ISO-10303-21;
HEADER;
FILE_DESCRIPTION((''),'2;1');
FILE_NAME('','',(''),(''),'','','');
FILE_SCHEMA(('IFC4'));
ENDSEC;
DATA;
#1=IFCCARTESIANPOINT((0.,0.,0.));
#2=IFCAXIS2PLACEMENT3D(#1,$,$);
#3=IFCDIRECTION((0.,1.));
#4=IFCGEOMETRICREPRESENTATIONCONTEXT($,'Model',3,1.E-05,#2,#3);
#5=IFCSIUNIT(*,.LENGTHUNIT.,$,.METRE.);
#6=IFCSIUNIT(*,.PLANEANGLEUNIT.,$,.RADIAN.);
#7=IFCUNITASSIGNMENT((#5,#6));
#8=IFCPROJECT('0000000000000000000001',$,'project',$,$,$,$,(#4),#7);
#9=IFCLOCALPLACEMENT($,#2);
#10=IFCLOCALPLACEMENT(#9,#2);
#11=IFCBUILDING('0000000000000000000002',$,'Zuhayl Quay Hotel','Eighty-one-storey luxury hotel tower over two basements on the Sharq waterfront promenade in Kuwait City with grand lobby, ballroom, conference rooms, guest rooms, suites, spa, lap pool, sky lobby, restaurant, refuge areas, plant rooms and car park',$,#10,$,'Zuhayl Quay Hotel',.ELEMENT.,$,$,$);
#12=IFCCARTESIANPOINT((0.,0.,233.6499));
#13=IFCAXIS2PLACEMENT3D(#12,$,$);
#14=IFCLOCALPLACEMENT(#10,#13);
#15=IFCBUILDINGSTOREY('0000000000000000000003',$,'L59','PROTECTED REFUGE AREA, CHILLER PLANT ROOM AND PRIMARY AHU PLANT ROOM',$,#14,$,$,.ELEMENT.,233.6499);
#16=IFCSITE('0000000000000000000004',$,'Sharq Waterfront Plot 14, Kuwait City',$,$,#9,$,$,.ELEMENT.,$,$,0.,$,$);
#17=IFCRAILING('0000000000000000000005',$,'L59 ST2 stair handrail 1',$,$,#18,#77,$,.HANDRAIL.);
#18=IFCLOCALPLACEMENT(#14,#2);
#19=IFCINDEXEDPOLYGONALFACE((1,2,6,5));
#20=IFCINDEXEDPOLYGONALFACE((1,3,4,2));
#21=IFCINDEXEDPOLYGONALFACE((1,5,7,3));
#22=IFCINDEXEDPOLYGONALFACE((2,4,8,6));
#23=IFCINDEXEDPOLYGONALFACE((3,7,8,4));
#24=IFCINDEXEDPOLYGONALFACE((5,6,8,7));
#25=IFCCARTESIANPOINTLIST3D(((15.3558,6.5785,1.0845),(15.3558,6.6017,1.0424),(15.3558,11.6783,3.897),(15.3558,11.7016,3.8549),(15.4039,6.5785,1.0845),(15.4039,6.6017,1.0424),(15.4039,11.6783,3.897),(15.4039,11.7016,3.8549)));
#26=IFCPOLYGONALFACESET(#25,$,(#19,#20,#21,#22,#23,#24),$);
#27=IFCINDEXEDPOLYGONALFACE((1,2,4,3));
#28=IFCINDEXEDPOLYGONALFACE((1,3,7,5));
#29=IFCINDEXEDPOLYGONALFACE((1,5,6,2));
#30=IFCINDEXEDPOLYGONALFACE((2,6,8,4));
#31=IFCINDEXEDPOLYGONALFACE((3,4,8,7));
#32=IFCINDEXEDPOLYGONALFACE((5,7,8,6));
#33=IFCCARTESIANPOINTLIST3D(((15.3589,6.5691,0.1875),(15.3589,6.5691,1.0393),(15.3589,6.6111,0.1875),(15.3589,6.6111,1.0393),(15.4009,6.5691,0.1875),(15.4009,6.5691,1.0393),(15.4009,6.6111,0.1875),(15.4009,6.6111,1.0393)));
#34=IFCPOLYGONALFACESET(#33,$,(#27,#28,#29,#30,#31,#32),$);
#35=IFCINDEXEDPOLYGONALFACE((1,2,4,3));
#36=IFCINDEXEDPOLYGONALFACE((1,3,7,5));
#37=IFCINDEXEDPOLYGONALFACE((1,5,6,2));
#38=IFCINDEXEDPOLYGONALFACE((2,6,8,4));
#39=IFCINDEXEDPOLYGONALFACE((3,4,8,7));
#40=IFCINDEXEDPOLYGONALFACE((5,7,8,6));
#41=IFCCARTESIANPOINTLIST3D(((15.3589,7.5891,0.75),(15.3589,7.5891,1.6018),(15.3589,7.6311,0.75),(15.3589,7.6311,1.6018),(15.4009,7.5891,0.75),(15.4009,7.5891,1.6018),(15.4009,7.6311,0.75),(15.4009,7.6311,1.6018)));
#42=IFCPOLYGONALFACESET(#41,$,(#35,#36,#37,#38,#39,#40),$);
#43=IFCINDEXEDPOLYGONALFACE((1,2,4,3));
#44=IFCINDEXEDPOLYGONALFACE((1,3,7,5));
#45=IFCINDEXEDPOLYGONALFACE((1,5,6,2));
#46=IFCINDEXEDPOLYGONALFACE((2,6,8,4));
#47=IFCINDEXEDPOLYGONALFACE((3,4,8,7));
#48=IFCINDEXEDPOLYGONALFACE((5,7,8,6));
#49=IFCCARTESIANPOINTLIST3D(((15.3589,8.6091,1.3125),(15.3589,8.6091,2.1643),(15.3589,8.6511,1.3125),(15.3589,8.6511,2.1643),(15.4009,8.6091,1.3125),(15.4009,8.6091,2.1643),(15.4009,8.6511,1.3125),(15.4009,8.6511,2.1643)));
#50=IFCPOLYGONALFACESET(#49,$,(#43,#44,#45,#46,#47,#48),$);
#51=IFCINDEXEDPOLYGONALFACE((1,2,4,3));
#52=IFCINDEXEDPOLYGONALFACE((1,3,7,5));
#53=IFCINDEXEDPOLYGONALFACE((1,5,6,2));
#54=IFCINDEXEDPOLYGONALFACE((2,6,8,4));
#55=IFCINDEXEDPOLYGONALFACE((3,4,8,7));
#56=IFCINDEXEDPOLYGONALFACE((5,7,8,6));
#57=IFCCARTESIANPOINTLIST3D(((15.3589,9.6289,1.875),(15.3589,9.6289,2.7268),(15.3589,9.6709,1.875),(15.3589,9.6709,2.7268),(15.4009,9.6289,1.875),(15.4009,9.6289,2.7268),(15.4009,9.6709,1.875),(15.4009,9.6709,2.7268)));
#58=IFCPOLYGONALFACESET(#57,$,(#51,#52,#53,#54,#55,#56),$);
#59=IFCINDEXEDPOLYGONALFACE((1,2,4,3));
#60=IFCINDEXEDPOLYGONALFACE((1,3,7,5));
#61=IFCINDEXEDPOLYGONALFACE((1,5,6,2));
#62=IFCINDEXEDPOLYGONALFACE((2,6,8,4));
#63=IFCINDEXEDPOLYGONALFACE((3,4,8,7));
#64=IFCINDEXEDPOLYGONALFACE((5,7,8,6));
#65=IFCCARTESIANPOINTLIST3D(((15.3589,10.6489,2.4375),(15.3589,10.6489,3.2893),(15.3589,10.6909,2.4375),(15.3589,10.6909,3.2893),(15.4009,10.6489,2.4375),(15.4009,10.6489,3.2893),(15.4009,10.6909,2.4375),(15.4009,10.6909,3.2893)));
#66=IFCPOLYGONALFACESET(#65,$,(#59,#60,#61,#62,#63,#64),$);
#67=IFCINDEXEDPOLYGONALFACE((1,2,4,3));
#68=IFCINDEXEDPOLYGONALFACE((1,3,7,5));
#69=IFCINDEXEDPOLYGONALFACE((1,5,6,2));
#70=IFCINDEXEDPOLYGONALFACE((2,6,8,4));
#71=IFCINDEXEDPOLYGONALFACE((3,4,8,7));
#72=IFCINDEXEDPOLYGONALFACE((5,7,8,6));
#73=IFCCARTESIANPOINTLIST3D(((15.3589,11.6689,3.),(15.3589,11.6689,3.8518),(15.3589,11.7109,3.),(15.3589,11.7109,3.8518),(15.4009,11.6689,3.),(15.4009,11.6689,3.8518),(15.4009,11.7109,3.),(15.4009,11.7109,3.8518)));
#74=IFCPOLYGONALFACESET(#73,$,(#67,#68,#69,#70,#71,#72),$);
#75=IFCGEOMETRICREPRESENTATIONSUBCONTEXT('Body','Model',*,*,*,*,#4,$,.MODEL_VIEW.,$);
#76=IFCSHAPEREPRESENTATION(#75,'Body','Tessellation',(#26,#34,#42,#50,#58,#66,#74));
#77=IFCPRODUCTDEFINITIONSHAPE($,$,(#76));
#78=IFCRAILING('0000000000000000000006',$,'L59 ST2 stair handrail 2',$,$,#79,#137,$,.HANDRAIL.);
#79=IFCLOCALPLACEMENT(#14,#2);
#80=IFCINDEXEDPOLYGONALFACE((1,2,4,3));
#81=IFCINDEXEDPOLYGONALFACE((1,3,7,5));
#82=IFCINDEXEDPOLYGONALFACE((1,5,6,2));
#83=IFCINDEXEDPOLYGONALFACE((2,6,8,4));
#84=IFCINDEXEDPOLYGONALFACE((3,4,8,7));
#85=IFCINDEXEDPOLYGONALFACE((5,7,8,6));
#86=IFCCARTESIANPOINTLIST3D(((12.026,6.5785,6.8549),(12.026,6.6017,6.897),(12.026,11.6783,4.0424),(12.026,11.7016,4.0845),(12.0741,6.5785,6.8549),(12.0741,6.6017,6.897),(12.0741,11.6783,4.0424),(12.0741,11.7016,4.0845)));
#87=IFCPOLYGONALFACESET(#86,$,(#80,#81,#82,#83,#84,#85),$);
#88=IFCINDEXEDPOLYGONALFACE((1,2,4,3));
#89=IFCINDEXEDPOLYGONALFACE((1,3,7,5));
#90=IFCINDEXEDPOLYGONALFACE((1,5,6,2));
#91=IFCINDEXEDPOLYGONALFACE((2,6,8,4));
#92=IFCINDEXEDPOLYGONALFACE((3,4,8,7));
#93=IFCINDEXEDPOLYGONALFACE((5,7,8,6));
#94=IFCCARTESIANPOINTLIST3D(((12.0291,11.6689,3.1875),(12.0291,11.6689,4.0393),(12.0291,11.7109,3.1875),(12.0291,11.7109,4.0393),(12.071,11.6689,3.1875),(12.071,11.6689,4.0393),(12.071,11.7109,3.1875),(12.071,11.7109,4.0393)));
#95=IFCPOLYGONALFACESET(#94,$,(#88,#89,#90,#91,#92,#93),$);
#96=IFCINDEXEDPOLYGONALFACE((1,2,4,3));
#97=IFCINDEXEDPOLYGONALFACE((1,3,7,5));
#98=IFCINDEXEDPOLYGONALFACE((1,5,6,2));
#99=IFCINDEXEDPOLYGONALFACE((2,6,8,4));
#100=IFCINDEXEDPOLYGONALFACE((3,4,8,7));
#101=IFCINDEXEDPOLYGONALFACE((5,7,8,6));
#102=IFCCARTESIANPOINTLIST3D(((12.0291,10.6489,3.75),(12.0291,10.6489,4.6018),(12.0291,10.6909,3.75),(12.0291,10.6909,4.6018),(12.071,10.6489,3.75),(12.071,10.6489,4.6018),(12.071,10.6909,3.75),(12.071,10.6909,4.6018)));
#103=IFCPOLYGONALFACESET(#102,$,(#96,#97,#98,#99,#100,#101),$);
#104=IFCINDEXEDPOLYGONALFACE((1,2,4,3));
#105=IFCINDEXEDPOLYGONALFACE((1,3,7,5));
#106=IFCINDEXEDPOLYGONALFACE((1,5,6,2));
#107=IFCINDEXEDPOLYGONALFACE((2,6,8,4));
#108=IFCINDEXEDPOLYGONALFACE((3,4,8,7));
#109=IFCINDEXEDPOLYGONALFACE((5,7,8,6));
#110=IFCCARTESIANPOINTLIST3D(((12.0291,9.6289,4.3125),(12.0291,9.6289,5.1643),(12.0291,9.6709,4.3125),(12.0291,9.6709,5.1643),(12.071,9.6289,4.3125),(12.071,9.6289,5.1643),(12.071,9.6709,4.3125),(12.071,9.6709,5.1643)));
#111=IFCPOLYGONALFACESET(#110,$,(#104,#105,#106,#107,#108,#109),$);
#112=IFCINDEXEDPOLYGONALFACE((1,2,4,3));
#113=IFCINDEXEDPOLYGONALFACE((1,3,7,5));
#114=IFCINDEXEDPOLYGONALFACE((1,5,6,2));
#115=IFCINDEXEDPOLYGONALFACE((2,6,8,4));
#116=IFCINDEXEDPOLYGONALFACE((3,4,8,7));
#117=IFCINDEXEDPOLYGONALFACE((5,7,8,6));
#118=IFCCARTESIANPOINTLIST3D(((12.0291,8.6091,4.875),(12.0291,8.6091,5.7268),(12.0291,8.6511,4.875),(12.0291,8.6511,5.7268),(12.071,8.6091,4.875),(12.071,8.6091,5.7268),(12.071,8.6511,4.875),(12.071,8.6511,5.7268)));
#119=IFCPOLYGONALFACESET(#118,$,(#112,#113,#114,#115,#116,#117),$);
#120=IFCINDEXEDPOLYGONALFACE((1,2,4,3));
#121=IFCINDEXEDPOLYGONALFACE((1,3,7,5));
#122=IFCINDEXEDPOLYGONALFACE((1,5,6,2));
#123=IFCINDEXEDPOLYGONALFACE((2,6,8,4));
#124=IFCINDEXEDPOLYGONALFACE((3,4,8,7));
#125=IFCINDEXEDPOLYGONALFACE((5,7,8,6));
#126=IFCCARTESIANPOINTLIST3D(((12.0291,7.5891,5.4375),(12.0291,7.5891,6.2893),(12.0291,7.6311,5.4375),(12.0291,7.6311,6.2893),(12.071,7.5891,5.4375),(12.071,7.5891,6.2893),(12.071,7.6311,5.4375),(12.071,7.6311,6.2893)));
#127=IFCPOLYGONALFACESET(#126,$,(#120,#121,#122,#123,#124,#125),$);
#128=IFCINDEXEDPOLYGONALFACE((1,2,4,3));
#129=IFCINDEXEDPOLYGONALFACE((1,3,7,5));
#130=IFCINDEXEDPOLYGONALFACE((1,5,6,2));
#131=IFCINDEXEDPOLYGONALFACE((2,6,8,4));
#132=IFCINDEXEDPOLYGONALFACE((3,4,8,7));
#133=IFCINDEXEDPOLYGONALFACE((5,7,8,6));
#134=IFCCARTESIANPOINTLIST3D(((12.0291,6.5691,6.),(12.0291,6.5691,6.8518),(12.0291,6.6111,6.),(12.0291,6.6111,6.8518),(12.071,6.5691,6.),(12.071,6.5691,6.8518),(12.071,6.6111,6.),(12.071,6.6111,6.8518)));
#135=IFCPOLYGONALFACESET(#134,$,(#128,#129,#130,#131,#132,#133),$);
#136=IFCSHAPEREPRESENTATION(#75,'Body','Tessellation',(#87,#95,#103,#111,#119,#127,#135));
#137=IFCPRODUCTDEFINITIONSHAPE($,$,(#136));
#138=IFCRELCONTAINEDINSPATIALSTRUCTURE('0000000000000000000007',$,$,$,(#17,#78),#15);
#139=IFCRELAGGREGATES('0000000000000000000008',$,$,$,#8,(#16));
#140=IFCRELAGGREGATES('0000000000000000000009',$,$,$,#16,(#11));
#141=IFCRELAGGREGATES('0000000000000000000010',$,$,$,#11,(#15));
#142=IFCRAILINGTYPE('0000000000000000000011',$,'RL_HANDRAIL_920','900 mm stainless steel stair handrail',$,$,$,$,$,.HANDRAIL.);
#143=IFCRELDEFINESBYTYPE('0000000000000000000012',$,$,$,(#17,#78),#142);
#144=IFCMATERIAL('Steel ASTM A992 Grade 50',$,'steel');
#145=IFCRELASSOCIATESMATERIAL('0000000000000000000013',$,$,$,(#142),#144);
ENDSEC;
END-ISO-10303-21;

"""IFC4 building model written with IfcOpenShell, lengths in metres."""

from ifc_helpers import new_model, si_unit, direction, frame, origin, origin_2d, place, context, subcontext, project, spatial, rectangle, extrude, material, type_object, element, save


model = new_model("IFC4")

# Units and contexts
model_context = context("Model", 3, precision=1e-05, world=origin(), true_north=direction((0.0, 1.0)))
body_context = subcontext(model_context, "Body", "Model", "MODEL_VIEW")
ifc_project = project(units=[si_unit("LENGTHUNIT", "METRE"), si_unit("PLANEANGLEUNIT", "RADIAN")], contexts=[model_context])

# Site, building, storey
site_placement = place(None, origin())
site = spatial("IfcSite", under=ifc_project, at=site_placement, Name="Sharq Waterfront Plot 14, Kuwait City", CompositionType="ELEMENT", RefElevation=0.0)
building_placement = place(site_placement, origin())
building = spatial("IfcBuilding", under=site, at=building_placement, Name="Zuhayl Quay Hotel", Description="Eighty-one-storey luxury hotel tower over two basements on the Sharq waterfront promenade in Kuwait City with grand lobby, ballroom, conference rooms, guest rooms, suites, spa, lap pool, sky lobby, restaurant, refuge areas, plant rooms and car park", LongName="Zuhayl Quay Hotel", CompositionType="ELEMENT")
storey_placement = place(building_placement, frame((0.0, 0.0, 233.6499)))
storey = spatial("IfcBuildingStorey", under=building, at=storey_placement, Name="L59", Description="PROTECTED REFUGE AREA, CHILLER PLANT ROOM AND PRIMARY AHU PLANT ROOM", CompositionType="ELEMENT", Elevation=233.6499)

# Shared definitions
ifc_material_1 = material(Name="Steel ASTM A992 Grade 50", Category="steel")

# Railings
railing_type_1 = type_object("IfcRailingType", Name="RL_HANDRAIL_920", Description="900 mm stainless steel stair handrail", PredefinedType="HANDRAIL", material=ifc_material_1)
railing_1_placement = place(storey_placement, frame((15.3799, 6.5901, 0.1875)))
element("IfcRailing", 1, at=railing_1_placement, inside=storey, type_object=railing_type_1, Name="L59 ST2 stair handrail 1", PredefinedType="HANDRAIL", context=body_context, shape_type="SweptSolid", body=[
    extrude(rectangle(XDim=0.0481, YDim=0.0481, at=origin_2d()), frame((0.0, 0.0, 0.876), z_axis=(0.0, 0.875666, 0.482918), x_axis=(-1.0, 0.0, 0.0)), (0.0, 0.0, 1.0), 5.824),
    extrude(rectangle(XDim=0.042, YDim=0.042, at=origin_2d()), origin(), (0.0, 0.0, 1.0), 0.8518),
    extrude(rectangle(XDim=0.042, YDim=0.042, at=origin_2d()), frame((0.0, 1.02, 0.5625)), (0.0, 0.0, 1.0), 0.8518),
    extrude(rectangle(XDim=0.042, YDim=0.042, at=origin_2d()), frame((0.0, 2.04, 1.125)), (0.0, 0.0, 1.0), 0.8518),
    extrude(rectangle(XDim=0.042, YDim=0.042, at=origin_2d()), frame((0.0, 3.0598, 1.6875)), (0.0, 0.0, 1.0), 0.8518),
    extrude(rectangle(XDim=0.042, YDim=0.042, at=origin_2d()), frame((0.0, 4.0798, 2.25)), (0.0, 0.0, 1.0), 0.8518),
    extrude(rectangle(XDim=0.042, YDim=0.042, at=origin_2d()), frame((0.0, 5.0999, 2.8125)), (0.0, 0.0, 1.0), 0.8518),
])
railing_2_placement = place(storey_placement, frame((12.05, 11.6899, 3.1875)))
element("IfcRailing", 2, at=railing_2_placement, inside=storey, type_object=railing_type_1, Name="L59 ST2 stair handrail 2", PredefinedType="HANDRAIL", context=body_context, shape_type="SweptSolid", body=[
    extrude(rectangle(XDim=0.0481, YDim=0.0481, at=origin_2d()), frame((0.0, 0.0, 0.876), z_axis=(0.0, -0.875666, 0.482918), x_axis=(1.0, 0.0, 0.0)), (0.0, 0.0, 1.0), 5.824),
    extrude(rectangle(XDim=0.042, YDim=0.042, at=origin_2d()), origin(), (0.0, 0.0, 1.0), 0.8518),
    extrude(rectangle(XDim=0.042, YDim=0.042, at=origin_2d()), frame((0.0, -1.02, 0.5625)), (0.0, 0.0, 1.0), 0.8518),
    extrude(rectangle(XDim=0.042, YDim=0.042, at=origin_2d()), frame((0.0, -2.04, 1.125)), (0.0, 0.0, 1.0), 0.8518),
    extrude(rectangle(XDim=0.042, YDim=0.042, at=origin_2d()), frame((0.0, -3.0598, 1.6875)), (0.0, 0.0, 1.0), 0.8518),
    extrude(rectangle(XDim=0.042, YDim=0.042, at=origin_2d()), frame((0.0, -4.0798, 2.25)), (0.0, 0.0, 1.0), 0.8518),
    extrude(rectangle(XDim=0.042, YDim=0.042, at=origin_2d()), frame((0.0, -5.0999, 2.8125)), (0.0, 0.0, 1.0), 0.8518),
])

save(model, "model.ifc")
